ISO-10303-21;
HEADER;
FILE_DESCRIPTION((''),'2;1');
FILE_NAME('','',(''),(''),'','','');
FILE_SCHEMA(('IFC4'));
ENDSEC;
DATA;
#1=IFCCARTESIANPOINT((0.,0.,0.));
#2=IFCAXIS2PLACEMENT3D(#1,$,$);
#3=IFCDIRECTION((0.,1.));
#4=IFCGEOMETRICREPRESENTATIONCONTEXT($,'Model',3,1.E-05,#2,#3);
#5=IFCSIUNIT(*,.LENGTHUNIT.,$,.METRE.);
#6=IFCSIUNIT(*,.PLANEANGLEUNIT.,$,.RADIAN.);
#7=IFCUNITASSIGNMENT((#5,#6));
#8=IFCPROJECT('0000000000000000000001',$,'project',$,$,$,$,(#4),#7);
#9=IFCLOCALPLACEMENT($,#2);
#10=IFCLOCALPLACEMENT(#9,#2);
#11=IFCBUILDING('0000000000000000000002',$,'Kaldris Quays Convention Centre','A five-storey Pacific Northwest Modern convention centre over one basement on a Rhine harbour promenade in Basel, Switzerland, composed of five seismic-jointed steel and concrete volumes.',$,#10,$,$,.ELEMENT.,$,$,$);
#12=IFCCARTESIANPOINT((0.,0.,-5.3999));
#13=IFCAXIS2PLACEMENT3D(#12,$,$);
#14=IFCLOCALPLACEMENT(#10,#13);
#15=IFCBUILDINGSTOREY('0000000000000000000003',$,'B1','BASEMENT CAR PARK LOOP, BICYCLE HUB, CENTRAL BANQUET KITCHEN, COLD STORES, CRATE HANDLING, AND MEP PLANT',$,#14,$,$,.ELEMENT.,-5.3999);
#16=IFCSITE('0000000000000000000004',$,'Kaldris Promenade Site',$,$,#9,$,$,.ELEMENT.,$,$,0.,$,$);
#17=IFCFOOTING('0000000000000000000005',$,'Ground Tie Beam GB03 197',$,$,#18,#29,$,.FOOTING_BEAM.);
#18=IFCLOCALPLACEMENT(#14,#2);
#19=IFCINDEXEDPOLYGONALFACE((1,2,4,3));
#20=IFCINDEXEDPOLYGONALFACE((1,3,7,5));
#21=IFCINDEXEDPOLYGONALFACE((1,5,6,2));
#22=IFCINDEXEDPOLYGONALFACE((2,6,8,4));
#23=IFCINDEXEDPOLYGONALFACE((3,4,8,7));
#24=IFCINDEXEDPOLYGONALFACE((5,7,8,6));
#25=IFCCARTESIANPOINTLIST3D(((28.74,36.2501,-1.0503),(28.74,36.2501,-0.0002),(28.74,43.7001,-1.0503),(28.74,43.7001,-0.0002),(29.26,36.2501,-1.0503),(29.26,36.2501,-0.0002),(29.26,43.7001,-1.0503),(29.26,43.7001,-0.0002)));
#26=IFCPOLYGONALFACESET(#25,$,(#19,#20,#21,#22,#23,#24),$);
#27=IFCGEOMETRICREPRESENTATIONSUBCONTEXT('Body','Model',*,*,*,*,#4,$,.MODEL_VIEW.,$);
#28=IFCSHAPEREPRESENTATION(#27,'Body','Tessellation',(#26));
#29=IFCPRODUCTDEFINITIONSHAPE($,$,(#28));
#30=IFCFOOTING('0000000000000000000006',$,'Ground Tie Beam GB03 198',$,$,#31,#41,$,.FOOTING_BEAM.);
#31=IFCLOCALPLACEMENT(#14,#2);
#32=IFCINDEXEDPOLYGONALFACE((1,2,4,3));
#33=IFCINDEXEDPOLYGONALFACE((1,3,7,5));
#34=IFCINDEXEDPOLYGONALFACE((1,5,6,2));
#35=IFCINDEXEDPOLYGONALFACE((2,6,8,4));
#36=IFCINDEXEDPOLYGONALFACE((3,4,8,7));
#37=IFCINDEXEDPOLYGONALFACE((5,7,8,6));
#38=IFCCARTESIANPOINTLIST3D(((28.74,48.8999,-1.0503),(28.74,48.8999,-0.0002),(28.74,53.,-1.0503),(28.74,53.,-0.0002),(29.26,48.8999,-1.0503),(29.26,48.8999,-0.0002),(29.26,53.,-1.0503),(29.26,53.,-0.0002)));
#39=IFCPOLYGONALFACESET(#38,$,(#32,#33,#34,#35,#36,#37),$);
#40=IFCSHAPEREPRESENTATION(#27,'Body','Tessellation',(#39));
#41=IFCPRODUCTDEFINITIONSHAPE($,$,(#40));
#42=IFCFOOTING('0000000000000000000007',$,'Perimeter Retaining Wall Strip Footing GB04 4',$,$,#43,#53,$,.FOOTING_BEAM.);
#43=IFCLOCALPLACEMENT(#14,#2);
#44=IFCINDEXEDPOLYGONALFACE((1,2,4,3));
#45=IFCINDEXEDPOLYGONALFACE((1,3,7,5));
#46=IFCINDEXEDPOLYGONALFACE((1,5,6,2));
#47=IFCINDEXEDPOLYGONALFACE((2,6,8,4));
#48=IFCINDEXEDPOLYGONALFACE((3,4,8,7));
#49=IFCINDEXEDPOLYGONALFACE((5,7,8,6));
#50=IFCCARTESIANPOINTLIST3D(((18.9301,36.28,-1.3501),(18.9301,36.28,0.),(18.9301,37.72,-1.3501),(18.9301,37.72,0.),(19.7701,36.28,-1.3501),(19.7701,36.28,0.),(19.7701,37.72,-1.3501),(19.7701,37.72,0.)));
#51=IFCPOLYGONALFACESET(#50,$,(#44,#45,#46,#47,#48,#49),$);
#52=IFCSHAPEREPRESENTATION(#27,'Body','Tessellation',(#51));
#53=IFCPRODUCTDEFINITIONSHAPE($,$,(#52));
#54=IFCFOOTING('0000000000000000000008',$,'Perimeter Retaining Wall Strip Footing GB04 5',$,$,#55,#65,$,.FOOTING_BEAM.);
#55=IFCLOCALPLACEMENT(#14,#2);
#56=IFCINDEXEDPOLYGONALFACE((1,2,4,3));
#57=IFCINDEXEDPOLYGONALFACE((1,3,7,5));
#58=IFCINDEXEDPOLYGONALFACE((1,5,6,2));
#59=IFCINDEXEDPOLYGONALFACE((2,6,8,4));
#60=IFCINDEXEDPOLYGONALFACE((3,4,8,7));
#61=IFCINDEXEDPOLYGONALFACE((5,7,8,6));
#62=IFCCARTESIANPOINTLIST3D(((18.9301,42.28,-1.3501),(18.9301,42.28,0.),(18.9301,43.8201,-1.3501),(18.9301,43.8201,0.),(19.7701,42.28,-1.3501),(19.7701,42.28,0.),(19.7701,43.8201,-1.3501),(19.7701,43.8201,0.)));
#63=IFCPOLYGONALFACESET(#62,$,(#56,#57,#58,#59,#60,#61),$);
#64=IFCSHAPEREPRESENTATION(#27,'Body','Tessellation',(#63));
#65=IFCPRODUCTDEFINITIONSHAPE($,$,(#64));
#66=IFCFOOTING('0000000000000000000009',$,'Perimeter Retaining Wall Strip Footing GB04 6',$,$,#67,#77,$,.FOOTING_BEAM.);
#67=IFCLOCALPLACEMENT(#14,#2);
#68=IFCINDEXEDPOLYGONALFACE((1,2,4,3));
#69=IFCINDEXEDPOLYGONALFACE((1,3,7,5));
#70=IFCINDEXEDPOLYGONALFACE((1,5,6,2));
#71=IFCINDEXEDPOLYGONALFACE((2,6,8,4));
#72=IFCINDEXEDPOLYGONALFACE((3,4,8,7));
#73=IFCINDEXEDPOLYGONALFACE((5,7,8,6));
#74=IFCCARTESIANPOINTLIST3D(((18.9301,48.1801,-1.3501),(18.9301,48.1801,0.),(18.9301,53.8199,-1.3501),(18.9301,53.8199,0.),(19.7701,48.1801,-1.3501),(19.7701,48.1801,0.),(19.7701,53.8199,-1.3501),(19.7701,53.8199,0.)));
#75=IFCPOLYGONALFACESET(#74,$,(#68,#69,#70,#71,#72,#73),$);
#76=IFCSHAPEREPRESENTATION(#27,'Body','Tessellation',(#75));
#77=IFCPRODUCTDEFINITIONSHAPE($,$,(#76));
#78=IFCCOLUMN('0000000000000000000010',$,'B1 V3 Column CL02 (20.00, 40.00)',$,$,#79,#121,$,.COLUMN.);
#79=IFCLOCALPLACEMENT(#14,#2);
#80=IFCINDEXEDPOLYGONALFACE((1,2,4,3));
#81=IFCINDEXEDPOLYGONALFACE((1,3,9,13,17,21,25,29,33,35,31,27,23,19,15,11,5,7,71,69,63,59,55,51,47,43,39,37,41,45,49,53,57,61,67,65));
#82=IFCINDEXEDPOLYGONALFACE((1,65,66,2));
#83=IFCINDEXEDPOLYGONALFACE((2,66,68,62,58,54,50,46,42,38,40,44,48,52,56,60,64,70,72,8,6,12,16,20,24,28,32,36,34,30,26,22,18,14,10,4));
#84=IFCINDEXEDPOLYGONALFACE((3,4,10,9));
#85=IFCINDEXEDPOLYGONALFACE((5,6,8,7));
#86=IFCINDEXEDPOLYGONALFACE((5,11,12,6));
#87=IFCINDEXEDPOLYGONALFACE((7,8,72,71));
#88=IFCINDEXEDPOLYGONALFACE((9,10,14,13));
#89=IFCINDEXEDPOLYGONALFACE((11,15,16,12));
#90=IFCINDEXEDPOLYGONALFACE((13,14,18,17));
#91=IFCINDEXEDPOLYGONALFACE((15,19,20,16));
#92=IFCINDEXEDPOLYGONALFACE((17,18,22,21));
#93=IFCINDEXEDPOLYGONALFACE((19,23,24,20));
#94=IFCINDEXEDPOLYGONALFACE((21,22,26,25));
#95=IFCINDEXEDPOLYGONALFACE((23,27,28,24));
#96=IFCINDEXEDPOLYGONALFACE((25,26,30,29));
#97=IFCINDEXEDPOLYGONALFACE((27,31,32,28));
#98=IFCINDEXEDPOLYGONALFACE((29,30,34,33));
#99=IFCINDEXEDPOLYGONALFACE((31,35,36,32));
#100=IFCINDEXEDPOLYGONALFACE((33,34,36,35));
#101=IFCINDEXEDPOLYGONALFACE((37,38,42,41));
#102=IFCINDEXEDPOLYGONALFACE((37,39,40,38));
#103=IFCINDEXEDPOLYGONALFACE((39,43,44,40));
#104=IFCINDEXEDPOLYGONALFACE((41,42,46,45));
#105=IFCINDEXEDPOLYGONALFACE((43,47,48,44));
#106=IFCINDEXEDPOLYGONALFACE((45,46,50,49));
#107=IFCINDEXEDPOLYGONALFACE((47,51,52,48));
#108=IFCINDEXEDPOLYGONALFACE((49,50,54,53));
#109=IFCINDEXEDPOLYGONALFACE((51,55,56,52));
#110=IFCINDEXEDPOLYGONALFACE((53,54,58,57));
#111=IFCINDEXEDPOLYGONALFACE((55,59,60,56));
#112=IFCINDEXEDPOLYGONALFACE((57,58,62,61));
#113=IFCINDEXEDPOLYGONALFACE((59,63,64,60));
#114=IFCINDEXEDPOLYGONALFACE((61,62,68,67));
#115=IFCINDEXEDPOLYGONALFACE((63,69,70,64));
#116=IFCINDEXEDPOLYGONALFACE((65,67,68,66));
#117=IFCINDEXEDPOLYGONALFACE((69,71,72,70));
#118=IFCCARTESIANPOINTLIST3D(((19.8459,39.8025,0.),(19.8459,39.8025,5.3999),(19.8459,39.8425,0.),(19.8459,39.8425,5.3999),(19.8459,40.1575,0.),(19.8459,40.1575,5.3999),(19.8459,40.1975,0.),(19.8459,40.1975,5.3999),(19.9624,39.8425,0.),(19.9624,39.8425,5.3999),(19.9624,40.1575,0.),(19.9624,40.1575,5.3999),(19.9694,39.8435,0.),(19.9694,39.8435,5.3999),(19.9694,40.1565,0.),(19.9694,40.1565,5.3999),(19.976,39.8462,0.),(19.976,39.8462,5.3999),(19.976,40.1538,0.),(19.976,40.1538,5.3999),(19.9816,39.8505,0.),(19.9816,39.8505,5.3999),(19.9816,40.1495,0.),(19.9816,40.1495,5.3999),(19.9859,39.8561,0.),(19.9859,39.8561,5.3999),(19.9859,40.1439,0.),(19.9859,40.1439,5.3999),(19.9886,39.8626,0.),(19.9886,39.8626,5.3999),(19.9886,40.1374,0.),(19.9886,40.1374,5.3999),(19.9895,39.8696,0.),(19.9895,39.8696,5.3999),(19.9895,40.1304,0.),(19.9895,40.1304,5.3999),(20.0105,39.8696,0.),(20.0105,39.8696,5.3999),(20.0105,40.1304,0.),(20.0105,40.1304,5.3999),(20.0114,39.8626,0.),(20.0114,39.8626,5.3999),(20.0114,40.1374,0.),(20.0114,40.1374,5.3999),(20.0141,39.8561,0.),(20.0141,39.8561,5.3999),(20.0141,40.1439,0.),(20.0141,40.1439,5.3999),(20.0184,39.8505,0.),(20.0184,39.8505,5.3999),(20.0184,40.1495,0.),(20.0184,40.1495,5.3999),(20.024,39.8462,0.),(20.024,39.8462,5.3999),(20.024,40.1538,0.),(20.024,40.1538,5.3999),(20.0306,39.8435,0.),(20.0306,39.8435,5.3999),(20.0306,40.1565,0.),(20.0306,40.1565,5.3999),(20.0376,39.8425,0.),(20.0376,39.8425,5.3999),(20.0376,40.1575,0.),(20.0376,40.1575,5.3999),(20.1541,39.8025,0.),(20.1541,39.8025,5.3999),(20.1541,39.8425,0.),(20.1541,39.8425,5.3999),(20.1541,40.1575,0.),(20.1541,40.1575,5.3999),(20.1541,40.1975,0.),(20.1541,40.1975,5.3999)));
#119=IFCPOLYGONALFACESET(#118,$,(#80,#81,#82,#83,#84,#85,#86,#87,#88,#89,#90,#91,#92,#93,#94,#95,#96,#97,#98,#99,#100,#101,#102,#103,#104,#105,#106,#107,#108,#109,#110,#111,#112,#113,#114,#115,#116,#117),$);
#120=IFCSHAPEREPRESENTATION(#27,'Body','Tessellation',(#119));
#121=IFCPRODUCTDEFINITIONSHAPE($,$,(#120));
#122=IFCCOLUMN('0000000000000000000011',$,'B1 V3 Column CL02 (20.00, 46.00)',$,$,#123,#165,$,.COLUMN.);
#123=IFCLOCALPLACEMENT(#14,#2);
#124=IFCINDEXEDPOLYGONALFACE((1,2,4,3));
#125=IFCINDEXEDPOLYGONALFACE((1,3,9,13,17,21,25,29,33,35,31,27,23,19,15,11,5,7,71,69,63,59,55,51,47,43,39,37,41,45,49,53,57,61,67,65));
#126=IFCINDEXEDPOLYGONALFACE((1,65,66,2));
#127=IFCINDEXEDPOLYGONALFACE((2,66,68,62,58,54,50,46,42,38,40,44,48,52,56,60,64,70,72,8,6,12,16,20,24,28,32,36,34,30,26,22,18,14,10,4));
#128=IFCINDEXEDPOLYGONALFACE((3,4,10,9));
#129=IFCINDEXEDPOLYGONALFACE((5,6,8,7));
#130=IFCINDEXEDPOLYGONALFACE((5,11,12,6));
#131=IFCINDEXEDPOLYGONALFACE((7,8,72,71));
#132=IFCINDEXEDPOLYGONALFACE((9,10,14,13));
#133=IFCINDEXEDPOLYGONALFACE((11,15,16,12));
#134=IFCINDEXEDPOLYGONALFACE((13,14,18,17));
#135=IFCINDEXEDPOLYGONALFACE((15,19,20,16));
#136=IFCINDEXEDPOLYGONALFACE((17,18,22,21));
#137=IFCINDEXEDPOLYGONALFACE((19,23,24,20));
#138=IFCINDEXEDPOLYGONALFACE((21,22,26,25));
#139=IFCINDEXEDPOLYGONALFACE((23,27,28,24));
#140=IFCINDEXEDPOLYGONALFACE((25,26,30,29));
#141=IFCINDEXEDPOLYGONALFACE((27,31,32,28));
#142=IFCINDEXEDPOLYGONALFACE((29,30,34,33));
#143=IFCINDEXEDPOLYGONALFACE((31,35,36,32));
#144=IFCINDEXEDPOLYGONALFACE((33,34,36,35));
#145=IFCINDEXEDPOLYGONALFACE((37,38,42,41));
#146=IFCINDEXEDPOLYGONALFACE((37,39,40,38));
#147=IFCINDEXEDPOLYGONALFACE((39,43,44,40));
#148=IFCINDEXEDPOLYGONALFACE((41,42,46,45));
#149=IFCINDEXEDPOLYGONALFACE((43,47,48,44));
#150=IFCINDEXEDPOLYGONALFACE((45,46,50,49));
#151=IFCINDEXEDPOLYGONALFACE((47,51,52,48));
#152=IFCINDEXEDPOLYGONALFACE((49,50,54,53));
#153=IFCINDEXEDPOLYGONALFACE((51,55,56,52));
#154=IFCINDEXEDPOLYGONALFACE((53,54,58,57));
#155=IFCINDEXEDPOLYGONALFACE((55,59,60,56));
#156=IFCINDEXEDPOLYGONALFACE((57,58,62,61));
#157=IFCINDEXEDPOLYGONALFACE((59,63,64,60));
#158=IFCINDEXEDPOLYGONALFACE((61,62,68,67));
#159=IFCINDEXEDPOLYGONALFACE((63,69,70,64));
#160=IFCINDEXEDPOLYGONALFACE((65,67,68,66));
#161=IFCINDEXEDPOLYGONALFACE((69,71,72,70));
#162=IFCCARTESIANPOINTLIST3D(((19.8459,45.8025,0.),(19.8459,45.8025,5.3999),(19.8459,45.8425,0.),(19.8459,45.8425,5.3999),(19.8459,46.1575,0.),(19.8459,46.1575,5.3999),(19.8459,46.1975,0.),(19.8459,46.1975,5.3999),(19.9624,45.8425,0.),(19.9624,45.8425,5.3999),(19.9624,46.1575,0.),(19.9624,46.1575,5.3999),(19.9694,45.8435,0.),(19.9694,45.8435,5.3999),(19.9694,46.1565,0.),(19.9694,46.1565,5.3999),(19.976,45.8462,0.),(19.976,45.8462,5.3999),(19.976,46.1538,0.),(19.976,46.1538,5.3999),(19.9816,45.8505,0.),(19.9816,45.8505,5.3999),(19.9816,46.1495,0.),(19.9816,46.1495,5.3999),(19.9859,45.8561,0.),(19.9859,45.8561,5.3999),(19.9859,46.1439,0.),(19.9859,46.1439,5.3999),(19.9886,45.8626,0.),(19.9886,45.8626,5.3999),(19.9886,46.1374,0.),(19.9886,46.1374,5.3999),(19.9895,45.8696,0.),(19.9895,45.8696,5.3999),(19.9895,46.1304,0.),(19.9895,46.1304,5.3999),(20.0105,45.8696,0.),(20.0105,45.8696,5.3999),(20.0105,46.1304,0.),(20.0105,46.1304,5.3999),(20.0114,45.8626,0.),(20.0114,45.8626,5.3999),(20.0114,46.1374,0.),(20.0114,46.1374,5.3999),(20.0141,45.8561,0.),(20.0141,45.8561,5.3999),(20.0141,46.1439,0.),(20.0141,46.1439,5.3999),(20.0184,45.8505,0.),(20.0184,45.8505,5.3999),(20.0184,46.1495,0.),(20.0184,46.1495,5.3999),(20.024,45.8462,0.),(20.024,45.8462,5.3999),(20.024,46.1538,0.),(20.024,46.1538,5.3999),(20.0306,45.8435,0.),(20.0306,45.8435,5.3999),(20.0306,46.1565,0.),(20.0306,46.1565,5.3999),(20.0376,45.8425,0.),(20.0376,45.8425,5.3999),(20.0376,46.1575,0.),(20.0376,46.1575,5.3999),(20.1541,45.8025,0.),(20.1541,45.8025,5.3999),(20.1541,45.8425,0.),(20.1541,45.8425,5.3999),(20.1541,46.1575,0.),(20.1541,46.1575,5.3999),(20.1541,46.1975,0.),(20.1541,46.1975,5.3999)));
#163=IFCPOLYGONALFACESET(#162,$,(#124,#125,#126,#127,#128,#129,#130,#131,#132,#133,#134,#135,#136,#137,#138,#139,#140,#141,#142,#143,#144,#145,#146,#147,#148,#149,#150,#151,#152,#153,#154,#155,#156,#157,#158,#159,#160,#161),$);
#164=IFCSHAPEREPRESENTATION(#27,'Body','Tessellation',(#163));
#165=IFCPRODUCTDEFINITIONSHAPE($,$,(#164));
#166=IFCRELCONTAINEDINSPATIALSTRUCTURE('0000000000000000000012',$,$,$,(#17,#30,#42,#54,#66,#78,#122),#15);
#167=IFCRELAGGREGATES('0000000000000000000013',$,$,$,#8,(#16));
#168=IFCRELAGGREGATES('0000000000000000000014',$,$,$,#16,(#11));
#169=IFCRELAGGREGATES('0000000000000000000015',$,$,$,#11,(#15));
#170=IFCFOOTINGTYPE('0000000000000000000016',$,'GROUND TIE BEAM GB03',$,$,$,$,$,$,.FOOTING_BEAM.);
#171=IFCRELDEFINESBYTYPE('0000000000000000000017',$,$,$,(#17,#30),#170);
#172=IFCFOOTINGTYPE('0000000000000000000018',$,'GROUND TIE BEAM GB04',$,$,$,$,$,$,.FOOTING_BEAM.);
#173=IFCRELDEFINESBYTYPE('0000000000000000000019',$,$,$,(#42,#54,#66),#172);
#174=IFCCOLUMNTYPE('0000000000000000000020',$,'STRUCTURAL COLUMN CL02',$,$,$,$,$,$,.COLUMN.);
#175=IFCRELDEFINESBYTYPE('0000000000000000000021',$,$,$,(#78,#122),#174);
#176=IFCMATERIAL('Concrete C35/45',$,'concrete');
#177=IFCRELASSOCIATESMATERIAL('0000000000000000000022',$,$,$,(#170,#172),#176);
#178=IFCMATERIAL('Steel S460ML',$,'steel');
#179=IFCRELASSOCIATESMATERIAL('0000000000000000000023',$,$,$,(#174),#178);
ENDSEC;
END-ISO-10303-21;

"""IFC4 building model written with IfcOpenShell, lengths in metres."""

from ifc_helpers import new_model, si_unit, direction, frame, origin, origin_2d, place, context, subcontext, project, spatial, rectangle, i_section, extrude, material, material_profile, profile_set, type_object, element, save


model = new_model("IFC4")

# Units and contexts
model_context = context("Model", 3, precision=1e-05, world=origin(), true_north=direction((0.0, 1.0)))
body_context = subcontext(model_context, "Body", "Model", "MODEL_VIEW")
ifc_project = project(units=[si_unit("LENGTHUNIT", "METRE"), si_unit("PLANEANGLEUNIT", "RADIAN")], contexts=[model_context])

# Site, building, storey
site_placement = place(None, origin())
site = spatial("IfcSite", under=ifc_project, at=site_placement, Name="Kaldris Promenade Site", CompositionType="ELEMENT", RefElevation=0.0)
building_placement = place(site_placement, origin())
building = spatial("IfcBuilding", under=site, at=building_placement, Name="Kaldris Quays Convention Centre", Description="A five-storey Pacific Northwest Modern convention centre over one basement on a Rhine harbour promenade in Basel, Switzerland, composed of five seismic-jointed steel and concrete volumes.", CompositionType="ELEMENT")
storey_placement = place(building_placement, frame((0.0, 0.0, -5.3999)))
storey = spatial("IfcBuildingStorey", under=building, at=storey_placement, Name="B1", Description="BASEMENT CAR PARK LOOP, BICYCLE HUB, CENTRAL BANQUET KITCHEN, COLD STORES, CRATE HANDLING, AND MEP PLANT", CompositionType="ELEMENT", Elevation=-5.3999)

# Shared definitions
ifc_material_1 = material(Name="Concrete C35/45", Category="concrete")

# Footings
footing_type_1 = type_object("IfcFootingType", Name="GROUND TIE BEAM GB03", PredefinedType="FOOTING_BEAM", material=ifc_material_1)
footing_1_placement = place(storey_placement, frame((29.0, 39.9751, -1.0503), z_axis=(0.0, 0.0, 1.0), x_axis=(1.0, 0.0, 0.0)))
element("IfcFooting", 1, at=footing_1_placement, inside=storey, type_object=footing_type_1, Name="Ground Tie Beam GB03 197", PredefinedType="FOOTING_BEAM", context=body_context, shape_type="SweptSolid", body=[
    extrude(rectangle(XDim=0.52, YDim=7.45, at=origin_2d()), origin(), (0.0, 0.0, 1.0), 1.05),
])
footing_2_placement = place(storey_placement, frame((29.0, 50.95, -1.0503), z_axis=(0.0, 0.0, 1.0), x_axis=(1.0, 0.0, 0.0)))
element("IfcFooting", 2, at=footing_2_placement, inside=storey, type_object=footing_type_1, Name="Ground Tie Beam GB03 198", PredefinedType="FOOTING_BEAM", context=body_context, shape_type="SweptSolid", body=[
    extrude(rectangle(XDim=0.52, YDim=4.1001, at=origin_2d()), origin(), (0.0, 0.0, 1.0), 1.05),
])
footing_type_2 = type_object("IfcFootingType", Name="GROUND TIE BEAM GB04", PredefinedType="FOOTING_BEAM", material=ifc_material_1)
footing_3_placement = place(storey_placement, frame((19.3501, 37.0, -1.3501), z_axis=(0.0, 0.0, 1.0), x_axis=(1.0, 0.0, 0.0)))
element("IfcFooting", 3, at=footing_3_placement, inside=storey, type_object=footing_type_2, Name="Perimeter Retaining Wall Strip Footing GB04 4", PredefinedType="FOOTING_BEAM", context=body_context, shape_type="SweptSolid", body=[
    extrude(rectangle(XDim=0.8401, YDim=1.4399, at=origin_2d()), origin(), (0.0, 0.0, 1.0), 1.3501),
])
footing_4_placement = place(storey_placement, frame((19.3501, 43.05, -1.3501), z_axis=(0.0, 0.0, 1.0), x_axis=(1.0, 0.0, 0.0)))
element("IfcFooting", 4, at=footing_4_placement, inside=storey, type_object=footing_type_2, Name="Perimeter Retaining Wall Strip Footing GB04 5", PredefinedType="FOOTING_BEAM", context=body_context, shape_type="SweptSolid", body=[
    extrude(rectangle(XDim=0.8401, YDim=1.54, at=origin_2d()), origin(), (0.0, 0.0, 1.0), 1.3501),
])
footing_5_placement = place(storey_placement, frame((19.3501, 51.0, -1.3501), z_axis=(0.0, 0.0, 1.0), x_axis=(1.0, 0.0, 0.0)))
element("IfcFooting", 5, at=footing_5_placement, inside=storey, type_object=footing_type_2, Name="Perimeter Retaining Wall Strip Footing GB04 6", PredefinedType="FOOTING_BEAM", context=body_context, shape_type="SweptSolid", body=[
    extrude(rectangle(XDim=0.8401, YDim=5.6399, at=origin_2d()), origin(), (0.0, 0.0, 1.0), 1.3501),
])

# Columns
ifc_material_2 = material(Name="Steel S460ML", Category="steel")
ifc_material_profile_1 = material_profile(ifc_material_2, i_section(OverallWidth=0.3081, OverallDepth=0.395, WebThickness=0.021, FlangeThickness=0.04, FilletRadius=0.0271, at=origin_2d()), Name="HEM 360")
ifc_profile_set_1 = profile_set([ifc_material_profile_1], Name="Steel S460ML")
column_type_1 = type_object("IfcColumnType", Name="STRUCTURAL COLUMN CL02", PredefinedType="COLUMN", material=ifc_profile_set_1)
for number, where, z_axis, x_axis, name in (
    (6, (20.0, 40.0, 0.0), (0.0, 0.0, 1.0), (1.0, 0.0, 0.0), "B1 V3 Column CL02 (20.00, 40.00)"),
    (7, (20.0, 46.0, 0.0), (0.0, 0.0, 1.0), (1.0, 0.0, 0.0), "B1 V3 Column CL02 (20.00, 46.00)"),
):
    element("IfcColumn", number, at=place(storey_placement, frame(where, z_axis=z_axis, x_axis=x_axis)), inside=storey, type_object=column_type_1, Name=name, PredefinedType="COLUMN", context=body_context, shape_type="SweptSolid", body=[
        extrude(i_section(OverallWidth=0.3081, OverallDepth=0.395, WebThickness=0.021, FlangeThickness=0.04, FilletRadius=0.0271, at=origin_2d()), origin(), (0.0, 0.0, 1.0), 5.3999),
    ])

save(model, "model.ifc")
